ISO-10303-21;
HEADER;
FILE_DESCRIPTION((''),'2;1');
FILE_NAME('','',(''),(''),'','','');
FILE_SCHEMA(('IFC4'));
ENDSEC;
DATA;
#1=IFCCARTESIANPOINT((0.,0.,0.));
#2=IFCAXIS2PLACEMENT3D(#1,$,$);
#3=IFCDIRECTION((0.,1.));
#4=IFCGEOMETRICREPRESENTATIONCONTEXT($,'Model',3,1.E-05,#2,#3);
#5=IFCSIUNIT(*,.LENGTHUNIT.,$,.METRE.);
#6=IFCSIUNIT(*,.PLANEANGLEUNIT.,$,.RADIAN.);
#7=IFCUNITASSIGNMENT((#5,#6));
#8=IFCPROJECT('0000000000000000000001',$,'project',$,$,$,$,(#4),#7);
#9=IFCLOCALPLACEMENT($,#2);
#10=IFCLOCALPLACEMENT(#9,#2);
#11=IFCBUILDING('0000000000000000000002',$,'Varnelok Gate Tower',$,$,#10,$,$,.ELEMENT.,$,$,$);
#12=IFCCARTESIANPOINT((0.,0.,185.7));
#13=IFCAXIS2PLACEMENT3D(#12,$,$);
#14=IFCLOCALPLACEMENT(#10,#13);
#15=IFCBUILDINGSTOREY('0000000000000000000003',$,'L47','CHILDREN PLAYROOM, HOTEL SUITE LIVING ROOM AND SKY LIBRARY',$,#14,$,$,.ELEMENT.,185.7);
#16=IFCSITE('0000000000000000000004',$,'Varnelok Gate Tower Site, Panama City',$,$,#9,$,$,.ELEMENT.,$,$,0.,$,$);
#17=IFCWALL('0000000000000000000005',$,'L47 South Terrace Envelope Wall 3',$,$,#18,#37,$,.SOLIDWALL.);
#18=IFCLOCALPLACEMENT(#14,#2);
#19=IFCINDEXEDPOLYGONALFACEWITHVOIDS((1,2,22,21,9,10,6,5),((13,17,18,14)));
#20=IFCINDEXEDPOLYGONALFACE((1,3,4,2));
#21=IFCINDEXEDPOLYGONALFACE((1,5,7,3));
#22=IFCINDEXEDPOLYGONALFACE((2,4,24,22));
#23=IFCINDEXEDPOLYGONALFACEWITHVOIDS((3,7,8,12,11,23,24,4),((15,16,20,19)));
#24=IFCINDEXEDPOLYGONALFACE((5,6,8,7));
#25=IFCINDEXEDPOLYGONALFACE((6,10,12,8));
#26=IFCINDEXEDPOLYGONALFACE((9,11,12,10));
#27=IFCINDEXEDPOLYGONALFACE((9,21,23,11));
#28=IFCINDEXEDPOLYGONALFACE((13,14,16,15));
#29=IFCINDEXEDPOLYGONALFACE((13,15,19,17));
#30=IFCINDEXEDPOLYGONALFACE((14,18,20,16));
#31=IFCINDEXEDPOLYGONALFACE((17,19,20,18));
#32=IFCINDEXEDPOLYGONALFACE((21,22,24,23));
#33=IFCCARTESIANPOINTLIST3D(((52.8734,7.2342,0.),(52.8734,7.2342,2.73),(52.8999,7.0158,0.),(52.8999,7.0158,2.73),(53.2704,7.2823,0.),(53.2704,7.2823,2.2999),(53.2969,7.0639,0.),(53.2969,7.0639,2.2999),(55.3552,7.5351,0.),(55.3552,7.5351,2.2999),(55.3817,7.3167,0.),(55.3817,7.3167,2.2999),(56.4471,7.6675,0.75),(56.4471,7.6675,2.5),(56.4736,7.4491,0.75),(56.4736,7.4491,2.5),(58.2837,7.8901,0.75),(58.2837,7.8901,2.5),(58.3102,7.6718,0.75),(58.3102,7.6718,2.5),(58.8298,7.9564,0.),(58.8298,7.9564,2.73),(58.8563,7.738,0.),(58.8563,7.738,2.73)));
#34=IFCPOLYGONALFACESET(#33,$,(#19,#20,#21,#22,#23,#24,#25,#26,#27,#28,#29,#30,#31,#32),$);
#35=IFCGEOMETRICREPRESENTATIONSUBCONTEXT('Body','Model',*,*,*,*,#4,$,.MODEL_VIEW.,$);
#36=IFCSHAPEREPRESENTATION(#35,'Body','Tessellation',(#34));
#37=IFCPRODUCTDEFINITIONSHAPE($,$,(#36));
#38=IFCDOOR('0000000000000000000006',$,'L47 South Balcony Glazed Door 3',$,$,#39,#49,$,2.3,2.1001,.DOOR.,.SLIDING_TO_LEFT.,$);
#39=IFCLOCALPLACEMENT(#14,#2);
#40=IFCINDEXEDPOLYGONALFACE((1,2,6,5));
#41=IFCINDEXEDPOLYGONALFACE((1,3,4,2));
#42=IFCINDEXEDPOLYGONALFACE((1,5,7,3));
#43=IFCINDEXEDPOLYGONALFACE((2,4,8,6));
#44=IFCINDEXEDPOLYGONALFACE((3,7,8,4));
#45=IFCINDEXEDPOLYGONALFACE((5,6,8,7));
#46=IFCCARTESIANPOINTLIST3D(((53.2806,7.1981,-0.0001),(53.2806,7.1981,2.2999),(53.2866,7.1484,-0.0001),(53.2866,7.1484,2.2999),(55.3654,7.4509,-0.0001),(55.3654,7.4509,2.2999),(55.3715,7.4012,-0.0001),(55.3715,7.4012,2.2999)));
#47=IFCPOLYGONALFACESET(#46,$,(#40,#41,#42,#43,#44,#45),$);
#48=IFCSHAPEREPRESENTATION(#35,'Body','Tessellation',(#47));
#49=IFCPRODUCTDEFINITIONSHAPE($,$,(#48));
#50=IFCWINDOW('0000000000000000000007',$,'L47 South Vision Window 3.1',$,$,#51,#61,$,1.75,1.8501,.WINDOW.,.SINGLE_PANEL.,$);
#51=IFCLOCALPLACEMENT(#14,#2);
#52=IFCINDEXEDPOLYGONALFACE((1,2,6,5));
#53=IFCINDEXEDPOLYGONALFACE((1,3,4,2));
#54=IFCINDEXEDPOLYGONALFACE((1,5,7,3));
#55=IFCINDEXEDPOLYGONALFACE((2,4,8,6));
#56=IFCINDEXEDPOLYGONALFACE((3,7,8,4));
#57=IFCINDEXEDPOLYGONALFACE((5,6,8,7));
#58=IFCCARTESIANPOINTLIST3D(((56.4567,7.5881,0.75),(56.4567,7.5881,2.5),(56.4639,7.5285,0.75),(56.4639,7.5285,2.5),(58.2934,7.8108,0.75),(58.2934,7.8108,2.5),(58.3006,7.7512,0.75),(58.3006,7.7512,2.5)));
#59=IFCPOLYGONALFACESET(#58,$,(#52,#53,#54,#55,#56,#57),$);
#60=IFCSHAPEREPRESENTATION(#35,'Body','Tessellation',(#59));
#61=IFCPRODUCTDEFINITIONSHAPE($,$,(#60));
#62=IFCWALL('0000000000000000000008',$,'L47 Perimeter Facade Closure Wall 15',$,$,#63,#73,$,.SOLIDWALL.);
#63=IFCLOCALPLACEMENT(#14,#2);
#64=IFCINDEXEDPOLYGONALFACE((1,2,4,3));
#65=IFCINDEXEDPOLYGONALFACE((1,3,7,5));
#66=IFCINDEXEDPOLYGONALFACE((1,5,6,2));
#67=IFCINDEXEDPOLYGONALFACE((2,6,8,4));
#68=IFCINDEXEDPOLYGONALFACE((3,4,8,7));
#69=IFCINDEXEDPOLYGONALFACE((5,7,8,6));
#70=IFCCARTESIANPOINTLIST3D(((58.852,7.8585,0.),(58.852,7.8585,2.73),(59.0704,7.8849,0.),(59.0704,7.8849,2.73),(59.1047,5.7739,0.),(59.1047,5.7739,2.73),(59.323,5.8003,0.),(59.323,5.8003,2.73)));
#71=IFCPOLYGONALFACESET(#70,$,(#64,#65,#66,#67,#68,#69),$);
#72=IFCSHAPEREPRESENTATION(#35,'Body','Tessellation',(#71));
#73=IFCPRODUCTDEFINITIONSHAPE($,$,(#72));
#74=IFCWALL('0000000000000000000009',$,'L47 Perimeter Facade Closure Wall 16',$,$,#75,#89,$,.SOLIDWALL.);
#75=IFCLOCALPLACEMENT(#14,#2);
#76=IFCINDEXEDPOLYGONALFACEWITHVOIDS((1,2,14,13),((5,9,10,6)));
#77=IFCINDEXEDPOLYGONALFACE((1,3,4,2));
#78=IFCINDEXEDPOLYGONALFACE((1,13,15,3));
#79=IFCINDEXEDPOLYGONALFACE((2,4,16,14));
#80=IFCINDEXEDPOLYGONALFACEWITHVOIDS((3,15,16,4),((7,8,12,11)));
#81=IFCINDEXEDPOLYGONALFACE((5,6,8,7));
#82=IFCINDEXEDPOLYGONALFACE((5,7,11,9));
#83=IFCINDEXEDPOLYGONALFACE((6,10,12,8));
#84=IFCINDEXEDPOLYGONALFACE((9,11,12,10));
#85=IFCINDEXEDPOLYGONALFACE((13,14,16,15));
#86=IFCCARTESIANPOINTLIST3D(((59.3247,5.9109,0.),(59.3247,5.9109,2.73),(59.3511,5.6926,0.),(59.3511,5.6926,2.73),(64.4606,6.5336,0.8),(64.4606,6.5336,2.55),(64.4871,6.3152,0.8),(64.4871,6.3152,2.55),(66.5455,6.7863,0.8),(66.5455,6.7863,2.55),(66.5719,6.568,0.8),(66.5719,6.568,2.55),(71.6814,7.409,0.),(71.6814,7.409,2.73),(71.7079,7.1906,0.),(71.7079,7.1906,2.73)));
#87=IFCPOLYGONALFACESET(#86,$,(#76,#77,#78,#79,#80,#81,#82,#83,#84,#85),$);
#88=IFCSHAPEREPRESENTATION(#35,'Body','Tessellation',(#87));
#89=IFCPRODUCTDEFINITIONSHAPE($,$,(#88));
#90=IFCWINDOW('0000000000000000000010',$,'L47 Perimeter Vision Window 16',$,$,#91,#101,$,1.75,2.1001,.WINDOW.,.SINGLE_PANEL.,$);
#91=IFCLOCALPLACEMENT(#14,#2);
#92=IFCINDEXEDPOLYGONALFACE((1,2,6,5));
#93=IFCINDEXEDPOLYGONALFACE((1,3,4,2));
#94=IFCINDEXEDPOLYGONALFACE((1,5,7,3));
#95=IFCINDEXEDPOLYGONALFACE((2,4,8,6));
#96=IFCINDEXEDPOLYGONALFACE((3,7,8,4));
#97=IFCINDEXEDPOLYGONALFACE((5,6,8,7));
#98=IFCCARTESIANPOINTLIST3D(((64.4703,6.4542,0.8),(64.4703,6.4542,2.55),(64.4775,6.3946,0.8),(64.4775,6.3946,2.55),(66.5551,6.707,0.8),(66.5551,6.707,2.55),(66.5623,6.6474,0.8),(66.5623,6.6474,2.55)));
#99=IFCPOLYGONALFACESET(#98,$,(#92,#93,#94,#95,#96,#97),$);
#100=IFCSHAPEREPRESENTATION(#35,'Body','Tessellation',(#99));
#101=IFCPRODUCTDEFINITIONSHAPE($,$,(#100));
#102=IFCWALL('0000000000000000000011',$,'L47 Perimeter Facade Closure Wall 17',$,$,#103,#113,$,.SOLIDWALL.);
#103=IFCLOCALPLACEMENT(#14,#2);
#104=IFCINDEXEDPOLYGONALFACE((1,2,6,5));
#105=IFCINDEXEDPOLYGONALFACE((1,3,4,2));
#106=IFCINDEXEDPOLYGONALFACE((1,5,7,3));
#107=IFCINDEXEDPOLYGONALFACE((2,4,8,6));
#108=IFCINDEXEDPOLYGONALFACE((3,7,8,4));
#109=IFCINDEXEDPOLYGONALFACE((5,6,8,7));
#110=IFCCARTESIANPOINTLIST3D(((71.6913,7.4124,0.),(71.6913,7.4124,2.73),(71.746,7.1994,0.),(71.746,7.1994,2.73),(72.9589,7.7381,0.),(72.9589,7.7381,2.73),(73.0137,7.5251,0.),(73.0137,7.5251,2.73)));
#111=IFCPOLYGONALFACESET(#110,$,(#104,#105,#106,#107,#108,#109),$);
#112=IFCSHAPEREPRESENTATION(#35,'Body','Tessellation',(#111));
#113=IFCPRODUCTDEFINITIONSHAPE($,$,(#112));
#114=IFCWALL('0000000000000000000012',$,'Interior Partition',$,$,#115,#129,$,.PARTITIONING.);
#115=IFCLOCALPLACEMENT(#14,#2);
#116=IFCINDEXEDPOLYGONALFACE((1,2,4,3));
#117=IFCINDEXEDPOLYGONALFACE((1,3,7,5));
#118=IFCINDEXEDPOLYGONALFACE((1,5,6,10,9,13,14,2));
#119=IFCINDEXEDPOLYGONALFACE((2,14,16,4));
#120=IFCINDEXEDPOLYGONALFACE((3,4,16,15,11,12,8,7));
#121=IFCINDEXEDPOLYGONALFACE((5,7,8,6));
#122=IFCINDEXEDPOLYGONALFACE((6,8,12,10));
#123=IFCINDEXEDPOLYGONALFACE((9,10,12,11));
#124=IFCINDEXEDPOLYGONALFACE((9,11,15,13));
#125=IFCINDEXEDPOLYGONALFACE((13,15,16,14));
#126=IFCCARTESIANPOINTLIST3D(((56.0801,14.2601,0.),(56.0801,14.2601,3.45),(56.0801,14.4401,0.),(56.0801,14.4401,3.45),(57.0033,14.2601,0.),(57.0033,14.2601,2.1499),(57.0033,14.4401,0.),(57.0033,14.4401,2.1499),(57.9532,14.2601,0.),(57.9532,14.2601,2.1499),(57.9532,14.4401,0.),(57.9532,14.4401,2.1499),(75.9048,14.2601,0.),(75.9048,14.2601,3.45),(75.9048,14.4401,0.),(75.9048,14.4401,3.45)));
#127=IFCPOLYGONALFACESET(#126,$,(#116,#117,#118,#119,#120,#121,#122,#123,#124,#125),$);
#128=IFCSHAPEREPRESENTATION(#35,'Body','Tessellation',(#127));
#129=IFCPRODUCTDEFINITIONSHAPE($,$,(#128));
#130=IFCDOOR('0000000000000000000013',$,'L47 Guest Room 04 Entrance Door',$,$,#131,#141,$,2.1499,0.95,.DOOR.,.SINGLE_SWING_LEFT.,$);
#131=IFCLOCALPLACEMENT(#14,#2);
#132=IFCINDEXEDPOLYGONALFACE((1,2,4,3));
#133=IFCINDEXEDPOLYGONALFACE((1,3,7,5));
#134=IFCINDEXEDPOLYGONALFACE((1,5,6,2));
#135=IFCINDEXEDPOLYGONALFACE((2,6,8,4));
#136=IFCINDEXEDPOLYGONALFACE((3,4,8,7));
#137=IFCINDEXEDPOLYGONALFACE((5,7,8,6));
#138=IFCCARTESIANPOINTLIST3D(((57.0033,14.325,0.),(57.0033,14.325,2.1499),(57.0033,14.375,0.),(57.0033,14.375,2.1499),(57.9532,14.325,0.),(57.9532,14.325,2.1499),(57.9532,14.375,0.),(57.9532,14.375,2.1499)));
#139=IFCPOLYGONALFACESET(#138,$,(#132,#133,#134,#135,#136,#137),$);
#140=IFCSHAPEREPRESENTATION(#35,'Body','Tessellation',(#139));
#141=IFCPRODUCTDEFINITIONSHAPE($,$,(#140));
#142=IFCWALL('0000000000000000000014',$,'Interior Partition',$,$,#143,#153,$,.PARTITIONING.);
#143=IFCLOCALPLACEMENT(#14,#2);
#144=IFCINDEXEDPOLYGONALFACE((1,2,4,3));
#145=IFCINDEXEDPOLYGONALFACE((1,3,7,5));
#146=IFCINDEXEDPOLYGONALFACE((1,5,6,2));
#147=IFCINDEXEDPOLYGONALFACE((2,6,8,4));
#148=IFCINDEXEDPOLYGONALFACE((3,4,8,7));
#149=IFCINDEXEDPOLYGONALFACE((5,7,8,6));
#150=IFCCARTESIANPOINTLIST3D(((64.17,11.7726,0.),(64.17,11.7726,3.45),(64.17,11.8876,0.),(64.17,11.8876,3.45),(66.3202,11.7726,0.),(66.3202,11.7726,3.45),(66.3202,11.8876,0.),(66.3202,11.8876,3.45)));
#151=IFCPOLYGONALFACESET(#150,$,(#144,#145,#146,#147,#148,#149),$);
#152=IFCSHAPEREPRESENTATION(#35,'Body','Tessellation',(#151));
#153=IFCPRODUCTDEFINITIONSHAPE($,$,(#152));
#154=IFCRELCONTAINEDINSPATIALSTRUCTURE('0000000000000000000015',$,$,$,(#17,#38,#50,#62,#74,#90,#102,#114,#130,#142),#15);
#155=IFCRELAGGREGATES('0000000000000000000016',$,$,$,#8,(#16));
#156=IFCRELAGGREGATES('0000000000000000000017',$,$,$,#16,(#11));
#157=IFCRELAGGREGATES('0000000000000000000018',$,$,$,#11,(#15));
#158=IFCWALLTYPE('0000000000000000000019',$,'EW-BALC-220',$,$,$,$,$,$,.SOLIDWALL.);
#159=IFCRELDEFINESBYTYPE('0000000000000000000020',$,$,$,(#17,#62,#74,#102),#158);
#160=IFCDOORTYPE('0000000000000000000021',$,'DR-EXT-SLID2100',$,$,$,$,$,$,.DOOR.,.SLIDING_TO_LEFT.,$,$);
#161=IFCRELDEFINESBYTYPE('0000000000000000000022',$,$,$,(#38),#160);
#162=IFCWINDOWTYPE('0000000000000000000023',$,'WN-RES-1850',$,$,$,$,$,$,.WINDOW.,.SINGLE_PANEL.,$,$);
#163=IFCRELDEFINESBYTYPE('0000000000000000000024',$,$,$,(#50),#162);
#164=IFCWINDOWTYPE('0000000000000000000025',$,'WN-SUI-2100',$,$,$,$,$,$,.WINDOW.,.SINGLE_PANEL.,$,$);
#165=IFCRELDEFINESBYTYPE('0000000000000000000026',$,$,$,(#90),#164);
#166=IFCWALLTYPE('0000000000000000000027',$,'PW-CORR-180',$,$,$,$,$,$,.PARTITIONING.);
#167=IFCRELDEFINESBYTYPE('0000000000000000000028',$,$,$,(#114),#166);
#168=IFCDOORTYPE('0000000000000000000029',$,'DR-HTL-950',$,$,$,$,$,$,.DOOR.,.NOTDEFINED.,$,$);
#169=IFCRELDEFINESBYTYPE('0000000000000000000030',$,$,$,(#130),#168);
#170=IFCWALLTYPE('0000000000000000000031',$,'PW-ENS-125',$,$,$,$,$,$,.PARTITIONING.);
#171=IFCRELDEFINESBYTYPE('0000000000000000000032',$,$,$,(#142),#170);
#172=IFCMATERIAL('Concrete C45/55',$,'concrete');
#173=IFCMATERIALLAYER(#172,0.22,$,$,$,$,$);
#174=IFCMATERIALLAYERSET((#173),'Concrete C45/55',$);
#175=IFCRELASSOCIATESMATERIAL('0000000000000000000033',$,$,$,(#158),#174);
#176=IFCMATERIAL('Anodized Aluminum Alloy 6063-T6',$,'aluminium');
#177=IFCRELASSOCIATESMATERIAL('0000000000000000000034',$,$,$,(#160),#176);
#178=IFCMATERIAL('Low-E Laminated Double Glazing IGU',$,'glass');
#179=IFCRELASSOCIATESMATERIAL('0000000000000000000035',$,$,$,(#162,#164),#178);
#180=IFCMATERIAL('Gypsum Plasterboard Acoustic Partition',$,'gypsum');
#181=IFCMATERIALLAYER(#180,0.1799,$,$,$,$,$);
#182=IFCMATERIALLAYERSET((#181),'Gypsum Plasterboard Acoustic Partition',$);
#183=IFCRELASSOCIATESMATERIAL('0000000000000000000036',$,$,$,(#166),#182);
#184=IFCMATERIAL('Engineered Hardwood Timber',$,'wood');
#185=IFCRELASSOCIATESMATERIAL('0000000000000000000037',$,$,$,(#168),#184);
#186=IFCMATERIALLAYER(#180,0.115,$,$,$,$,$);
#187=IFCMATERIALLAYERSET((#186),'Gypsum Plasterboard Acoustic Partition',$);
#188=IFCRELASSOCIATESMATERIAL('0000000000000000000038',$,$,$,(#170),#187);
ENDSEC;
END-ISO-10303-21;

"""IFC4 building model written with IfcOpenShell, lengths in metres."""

from ifc_helpers import new_model, si_unit, direction, frame, frame_2d, origin, place, context, subcontext, project, spatial, rectangle, extrude, material, layer, layer_set, type_object, element, fill, save


model = new_model("IFC4")

# Units and contexts
model_context = context("Model", 3, precision=1e-05, world=origin(), true_north=direction((0.0, 1.0)))
body_context = subcontext(model_context, "Body", "Model", "MODEL_VIEW")
ifc_project = project(units=[si_unit("LENGTHUNIT", "METRE"), si_unit("PLANEANGLEUNIT", "RADIAN")], contexts=[model_context])

# Site, building, storey
site_placement = place(None, origin())
site = spatial("IfcSite", under=ifc_project, at=site_placement, Name="Varnelok Gate Tower Site, Panama City", CompositionType="ELEMENT", RefElevation=0.0)
building_placement = place(site_placement, origin())
building = spatial("IfcBuilding", under=site, at=building_placement, Name="Varnelok Gate Tower", CompositionType="ELEMENT")
storey_placement = place(building_placement, frame((0.0, 0.0, 185.7)))
storey = spatial("IfcBuildingStorey", under=building, at=storey_placement, Name="L47", Description="CHILDREN PLAYROOM, HOTEL SUITE LIVING ROOM AND SKY LIBRARY", CompositionType="ELEMENT", Elevation=185.7)

# Wall, openings, door, window
ifc_material_1 = material(Name="Concrete C45/55", Category="concrete")
ifc_layer_1 = layer(ifc_material_1, 0.22)
ifc_layer_set_1 = layer_set([ifc_layer_1], Name="Concrete C45/55")
wall_type_1 = type_object("IfcWallType", Name="EW-BALC-220", PredefinedType="SOLIDWALL", material=ifc_layer_set_1)
wall_1_placement = place(storey_placement, frame((58.843, 7.8472, 0.0), z_axis=(0.0, 0.0, 1.0), x_axis=(-0.99273, -0.120363, 0.0)))
wall_1 = element("IfcWall", 1, at=wall_1_placement, inside=storey, type_object=wall_type_1, Name="L47 South Terrace Envelope Wall 3", PredefinedType="SOLIDWALL", context=body_context, shape_type="SweptSolid", body=[
    extrude(rectangle(XDim=6.0, YDim=0.22, at=frame_2d((3.0, 0.0))), origin(), (0.0, 0.0, 1.0), 2.73),
])
opening_1_placement = place(wall_1_placement, frame((3.5, 0.0, 0.0)))
opening_1 = element("IfcOpeningElement", 2, at=opening_1_placement, cuts=wall_1, PredefinedType="OPENING", context=body_context, shape_type="SweptSolid", body=[
    extrude(rectangle(XDim=2.1001, YDim=2.3, at=frame_2d((1.05, 1.1499))), frame((0.0, 0.1199, 0.0), z_axis=(0.0, -1.0, 0.0), x_axis=(1.0, 0.0, 0.0)), (0.0, 0.0, 1.0), 0.24),
])
opening_2_placement = place(wall_1_placement, frame((0.55, 0.0, 0.75)))
opening_2 = element("IfcOpeningElement", 3, at=opening_2_placement, cuts=wall_1, PredefinedType="OPENING", context=body_context, shape_type="SweptSolid", body=[
    extrude(rectangle(XDim=1.8501, YDim=1.75, at=frame_2d((0.925, 0.875))), frame((0.0, 0.1199, 0.0), z_axis=(0.0, -1.0, 0.0), x_axis=(1.0, 0.0, 0.0)), (0.0, 0.0, 1.0), 0.24),
])
ifc_material_2 = material(Name="Anodized Aluminum Alloy 6063-T6", Category="aluminium")
door_type_1 = type_object("IfcDoorType", Name="DR-EXT-SLID2100", OperationType="SLIDING_TO_LEFT", PredefinedType="DOOR", material=ifc_material_2)
door_1_placement = place(opening_1_placement, origin())
door_1 = element("IfcDoor", 4, at=door_1_placement, inside=storey, type_object=door_type_1, Name="L47 South Balcony Glazed Door 3", OperationType="SLIDING_TO_LEFT", OverallHeight=2.3, OverallWidth=2.1001, PredefinedType="DOOR", context=body_context, shape_type="SweptSolid", body=[
    extrude(rectangle(XDim=2.1001, YDim=2.3, at=frame_2d((1.05, 1.1499))), frame((0.0, 0.0249, 0.0), z_axis=(0.0, -1.0, 0.0), x_axis=(1.0, 0.0, 0.0)), (0.0, 0.0, 1.0), 0.05),
])
fill(opening_1, door_1)
ifc_material_3 = material(Name="Low-E Laminated Double Glazing IGU", Category="glass")
window_type_1 = type_object("IfcWindowType", Name="WN-RES-1850", PartitioningType="SINGLE_PANEL", PredefinedType="WINDOW", material=ifc_material_3)
window_1_placement = place(opening_2_placement, origin())
window_1 = element("IfcWindow", 5, at=window_1_placement, inside=storey, type_object=window_type_1, Name="L47 South Vision Window 3.1", OverallHeight=1.75, OverallWidth=1.8501, PartitioningType="SINGLE_PANEL", PredefinedType="WINDOW", context=body_context, shape_type="SweptSolid", body=[
    extrude(rectangle(XDim=1.8501, YDim=1.75, at=frame_2d((0.925, 0.875))), frame((0.0, 0.03, 0.0), z_axis=(0.0, -1.0, 0.0), x_axis=(1.0, 0.0, 0.0)), (0.0, 0.0, 1.0), 0.0601),
])
fill(opening_2, window_1)

# Wall
wall_2_placement = place(storey_placement, frame((58.9612, 7.8716, 0.0), z_axis=(0.0, 0.0, 1.0), x_axis=(0.120328, -0.992734, 0.0)))
element("IfcWall", 6, at=wall_2_placement, inside=storey, type_object=wall_type_1, Name="L47 Perimeter Facade Closure Wall 15", PredefinedType="SOLIDWALL", context=body_context, shape_type="SweptSolid", body=[
    extrude(rectangle(XDim=2.0999, YDim=0.22, at=frame_2d((1.0498, 0.0))), origin(), (0.0, 0.0, 1.0), 2.73),
])

# Wall, opening, window
wall_3_placement = place(storey_placement, frame((59.3379, 5.8018, 0.0), z_axis=(0.0, 0.0, 1.0), x_axis=(0.992731, 0.120352, 0.0)))
wall_3 = element("IfcWall", 7, at=wall_3_placement, inside=storey, type_object=wall_type_1, Name="L47 Perimeter Facade Closure Wall 16", PredefinedType="SOLIDWALL", context=body_context, shape_type="SweptSolid", body=[
    extrude(rectangle(XDim=12.4473, YDim=0.22, at=frame_2d((6.2236, 0.0))), origin(), (0.0, 0.0, 1.0), 2.73),
])
opening_3_placement = place(wall_3_placement, frame((5.1736, 0.0, 0.8)))
opening_3 = element("IfcOpeningElement", 8, at=opening_3_placement, cuts=wall_3, PredefinedType="OPENING", context=body_context, shape_type="SweptSolid", body=[
    extrude(rectangle(XDim=2.1001, YDim=1.75, at=frame_2d((1.05, 0.875))), frame((0.0, 0.1199, 0.0), z_axis=(0.0, -1.0, 0.0), x_axis=(1.0, 0.0, 0.0)), (0.0, 0.0, 1.0), 0.24),
])
window_type_2 = type_object("IfcWindowType", Name="WN-SUI-2100", PartitioningType="SINGLE_PANEL", PredefinedType="WINDOW", material=ifc_material_3)
window_2_placement = place(opening_3_placement, origin())
window_2 = element("IfcWindow", 9, at=window_2_placement, inside=storey, type_object=window_type_2, Name="L47 Perimeter Vision Window 16", OverallHeight=1.75, OverallWidth=2.1001, PartitioningType="SINGLE_PANEL", PredefinedType="WINDOW", context=body_context, shape_type="SweptSolid", body=[
    extrude(rectangle(XDim=2.1001, YDim=1.75, at=frame_2d((1.05, 0.875))), frame((0.0, 0.03, 0.0), z_axis=(0.0, -1.0, 0.0), x_axis=(1.0, 0.0, 0.0)), (0.0, 0.0, 1.0), 0.0601),
])
fill(opening_3, window_2)

# Wall
wall_4_placement = place(storey_placement, frame((71.7188, 7.3059, 0.0), z_axis=(0.0, 0.0, 1.0), x_axis=(0.968542, 0.248851, 0.0)))
element("IfcWall", 10, at=wall_4_placement, inside=storey, type_object=wall_type_1, Name="L47 Perimeter Facade Closure Wall 17", PredefinedType="SOLIDWALL", context=body_context, shape_type="SweptSolid", body=[
    extrude(rectangle(XDim=1.3088, YDim=0.22, at=frame_2d((0.6543, 0.0))), origin(), (0.0, 0.0, 1.0), 2.73),
])

# Wall, opening, door
ifc_material_4 = material(Name="Gypsum Plasterboard Acoustic Partition", Category="gypsum")
ifc_layer_2 = layer(ifc_material_4, 0.1799)
ifc_layer_set_2 = layer_set([ifc_layer_2], Name="Gypsum Plasterboard Acoustic Partition")
wall_type_2 = type_object("IfcWallType", Name="PW-CORR-180", PredefinedType="PARTITIONING", material=ifc_layer_set_2)
wall_5_placement = place(storey_placement, frame((56.0801, 14.3501, 0.0), z_axis=(0.0, 0.0, 1.0), x_axis=(1.0, 0.0, 0.0)))
wall_5 = element("IfcWall", 11, at=wall_5_placement, inside=storey, type_object=wall_type_2, Name="Interior Partition", PredefinedType="PARTITIONING", context=body_context, shape_type="SweptSolid", body=[
    extrude(rectangle(XDim=19.8247, YDim=0.1799, at=frame_2d((9.9124, 0.0))), origin(), (0.0, 0.0, 1.0), 3.45),
])
opening_4_placement = place(wall_5_placement, frame((0.9231, 0.0, 0.0)))
opening_4 = element("IfcOpeningElement", 12, at=opening_4_placement, cuts=wall_5, PredefinedType="OPENING", context=body_context, shape_type="SweptSolid", body=[
    extrude(rectangle(XDim=0.95, YDim=2.1499, at=frame_2d((0.4751, 1.075))), frame((0.0, 0.0999, 0.0), z_axis=(0.0, -1.0, 0.0), x_axis=(1.0, 0.0, 0.0)), (0.0, 0.0, 1.0), 0.2),
])
ifc_material_5 = material(Name="Engineered Hardwood Timber", Category="wood")
door_type_2 = type_object("IfcDoorType", Name="DR-HTL-950", OperationType="NOTDEFINED", PredefinedType="DOOR", material=ifc_material_5)
door_2_placement = place(opening_4_placement, origin())
door_2 = element("IfcDoor", 13, at=door_2_placement, inside=storey, type_object=door_type_2, Name="L47 Guest Room 04 Entrance Door", OperationType="SINGLE_SWING_LEFT", OverallHeight=2.1499, OverallWidth=0.95, PredefinedType="DOOR", context=body_context, shape_type="SweptSolid", body=[
    extrude(rectangle(XDim=0.95, YDim=2.1499, at=frame_2d((0.4751, 1.075))), frame((0.0, 0.0249, 0.0), z_axis=(0.0, -1.0, 0.0), x_axis=(1.0, 0.0, 0.0)), (0.0, 0.0, 1.0), 0.05),
])
fill(opening_4, door_2)

# Wall
ifc_layer_3 = layer(ifc_material_4, 0.115)
ifc_layer_set_3 = layer_set([ifc_layer_3], Name="Gypsum Plasterboard Acoustic Partition")
wall_type_3 = type_object("IfcWallType", Name="PW-ENS-125", PredefinedType="PARTITIONING", material=ifc_layer_set_3)
wall_6_placement = place(storey_placement, frame((64.1699, 11.8301, 0.0), z_axis=(0.0, 0.0, 1.0), x_axis=(1.0, 0.0, 0.0)))
element("IfcWall", 14, at=wall_6_placement, inside=storey, type_object=wall_type_3, Name="Interior Partition", PredefinedType="PARTITIONING", context=body_context, shape_type="SweptSolid", body=[
    extrude(rectangle(XDim=2.1501, YDim=0.115, at=frame_2d((1.0752, 0.0))), origin(), (0.0, 0.0, 1.0), 3.45),
])

save(model, "model.ifc")
